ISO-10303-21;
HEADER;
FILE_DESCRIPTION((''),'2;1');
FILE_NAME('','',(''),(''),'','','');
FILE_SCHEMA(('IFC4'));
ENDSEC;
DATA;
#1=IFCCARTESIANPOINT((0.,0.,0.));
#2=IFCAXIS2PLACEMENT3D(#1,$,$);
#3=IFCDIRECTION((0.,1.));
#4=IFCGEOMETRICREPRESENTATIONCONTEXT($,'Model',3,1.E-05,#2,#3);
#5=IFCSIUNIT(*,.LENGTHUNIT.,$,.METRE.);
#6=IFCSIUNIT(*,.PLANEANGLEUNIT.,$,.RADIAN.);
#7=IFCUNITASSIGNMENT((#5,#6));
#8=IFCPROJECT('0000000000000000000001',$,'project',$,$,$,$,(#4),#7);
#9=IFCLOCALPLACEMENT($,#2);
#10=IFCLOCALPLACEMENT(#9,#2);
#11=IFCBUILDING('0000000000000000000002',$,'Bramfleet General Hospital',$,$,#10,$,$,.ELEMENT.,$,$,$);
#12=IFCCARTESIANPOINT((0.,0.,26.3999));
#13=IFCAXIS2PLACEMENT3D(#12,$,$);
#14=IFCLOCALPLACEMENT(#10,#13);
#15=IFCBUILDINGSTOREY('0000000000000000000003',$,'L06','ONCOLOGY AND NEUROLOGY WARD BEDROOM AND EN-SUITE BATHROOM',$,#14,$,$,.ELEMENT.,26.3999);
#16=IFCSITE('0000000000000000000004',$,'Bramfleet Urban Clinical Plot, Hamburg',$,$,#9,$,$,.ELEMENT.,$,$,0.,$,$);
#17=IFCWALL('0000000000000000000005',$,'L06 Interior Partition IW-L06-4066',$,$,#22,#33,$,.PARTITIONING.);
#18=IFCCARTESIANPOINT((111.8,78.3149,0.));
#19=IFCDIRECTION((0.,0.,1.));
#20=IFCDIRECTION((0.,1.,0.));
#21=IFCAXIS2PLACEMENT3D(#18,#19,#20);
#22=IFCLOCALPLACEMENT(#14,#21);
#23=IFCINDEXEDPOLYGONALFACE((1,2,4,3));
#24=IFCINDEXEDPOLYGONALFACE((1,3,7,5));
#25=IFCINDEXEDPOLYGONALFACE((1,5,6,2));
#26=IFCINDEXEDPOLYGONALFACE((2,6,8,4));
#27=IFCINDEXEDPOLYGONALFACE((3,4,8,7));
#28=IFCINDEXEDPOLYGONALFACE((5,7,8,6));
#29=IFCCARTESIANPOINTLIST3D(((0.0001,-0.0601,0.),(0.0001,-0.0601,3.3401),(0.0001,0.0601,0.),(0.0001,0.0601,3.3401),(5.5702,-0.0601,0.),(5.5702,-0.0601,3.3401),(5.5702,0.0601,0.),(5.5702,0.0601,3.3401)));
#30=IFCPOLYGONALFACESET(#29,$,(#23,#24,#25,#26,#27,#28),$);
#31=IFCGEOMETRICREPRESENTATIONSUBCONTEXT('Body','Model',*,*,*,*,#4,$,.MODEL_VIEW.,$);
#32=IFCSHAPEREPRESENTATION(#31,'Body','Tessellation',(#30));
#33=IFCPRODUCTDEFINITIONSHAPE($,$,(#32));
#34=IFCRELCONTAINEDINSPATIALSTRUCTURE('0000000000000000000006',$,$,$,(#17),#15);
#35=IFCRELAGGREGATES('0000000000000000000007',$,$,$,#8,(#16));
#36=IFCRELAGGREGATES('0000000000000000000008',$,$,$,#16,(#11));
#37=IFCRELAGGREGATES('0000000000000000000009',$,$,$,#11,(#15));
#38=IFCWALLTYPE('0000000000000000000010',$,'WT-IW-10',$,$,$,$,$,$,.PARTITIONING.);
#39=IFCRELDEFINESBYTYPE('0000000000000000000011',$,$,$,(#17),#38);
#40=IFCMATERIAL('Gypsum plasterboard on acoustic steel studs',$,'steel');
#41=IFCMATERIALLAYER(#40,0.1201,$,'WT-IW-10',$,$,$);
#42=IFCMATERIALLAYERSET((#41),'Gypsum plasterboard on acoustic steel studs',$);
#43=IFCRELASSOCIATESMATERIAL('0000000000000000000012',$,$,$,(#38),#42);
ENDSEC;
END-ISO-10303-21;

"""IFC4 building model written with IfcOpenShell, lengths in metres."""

from ifc_helpers import new_model, si_unit, direction, frame, frame_2d, origin, place, context, subcontext, project, spatial, rectangle, extrude, material, layer, layer_set, type_object, element, save


model = new_model("IFC4")

# Units and contexts
model_context = context("Model", 3, precision=1e-05, world=origin(), true_north=direction((0.0, 1.0)))
body_context = subcontext(model_context, "Body", "Model", "MODEL_VIEW")
ifc_project = project(units=[si_unit("LENGTHUNIT", "METRE"), si_unit("PLANEANGLEUNIT", "RADIAN")], contexts=[model_context])

# Site, building, storey
site_placement = place(None, origin())
site = spatial("IfcSite", under=ifc_project, at=site_placement, Name="Bramfleet Urban Clinical Plot, Hamburg", CompositionType="ELEMENT", RefElevation=0.0)
building_placement = place(site_placement, origin())
building = spatial("IfcBuilding", under=site, at=building_placement, Name="Bramfleet General Hospital", CompositionType="ELEMENT")
storey_placement = place(building_placement, frame((0.0, 0.0, 26.3999)))
storey = spatial("IfcBuildingStorey", under=building, at=storey_placement, Name="L06", Description="ONCOLOGY AND NEUROLOGY WARD BEDROOM AND EN-SUITE BATHROOM", CompositionType="ELEMENT", Elevation=26.3999)

# Shared definitions
ifc_material_1 = material(Name="Gypsum plasterboard on acoustic steel studs", Category="steel")

# Wall
ifc_layer_1 = layer(ifc_material_1, 0.1201, Name="WT-IW-10")
ifc_layer_set_1 = layer_set([ifc_layer_1], Name="Gypsum plasterboard on acoustic steel studs")
wall_type_1 = type_object("IfcWallType", Name="WT-IW-10", PredefinedType="PARTITIONING", material=ifc_layer_set_1)
wall_1_placement = place(storey_placement, frame((111.8, 78.3149, 0.0), z_axis=(0.0, 0.0, 1.0), x_axis=(0.0, 1.0, 0.0)))
element("IfcWall", 1, at=wall_1_placement, inside=storey, type_object=wall_type_1, Name="L06 Interior Partition IW-L06-4066", PredefinedType="PARTITIONING", context=body_context, shape_type="SweptSolid", body=[
    extrude(rectangle(XDim=5.5701, YDim=0.1201, at=frame_2d((2.7852, 0.0))), origin(), (0.0, 0.0, 1.0), 3.3401),
])

save(model, "model.ifc")
